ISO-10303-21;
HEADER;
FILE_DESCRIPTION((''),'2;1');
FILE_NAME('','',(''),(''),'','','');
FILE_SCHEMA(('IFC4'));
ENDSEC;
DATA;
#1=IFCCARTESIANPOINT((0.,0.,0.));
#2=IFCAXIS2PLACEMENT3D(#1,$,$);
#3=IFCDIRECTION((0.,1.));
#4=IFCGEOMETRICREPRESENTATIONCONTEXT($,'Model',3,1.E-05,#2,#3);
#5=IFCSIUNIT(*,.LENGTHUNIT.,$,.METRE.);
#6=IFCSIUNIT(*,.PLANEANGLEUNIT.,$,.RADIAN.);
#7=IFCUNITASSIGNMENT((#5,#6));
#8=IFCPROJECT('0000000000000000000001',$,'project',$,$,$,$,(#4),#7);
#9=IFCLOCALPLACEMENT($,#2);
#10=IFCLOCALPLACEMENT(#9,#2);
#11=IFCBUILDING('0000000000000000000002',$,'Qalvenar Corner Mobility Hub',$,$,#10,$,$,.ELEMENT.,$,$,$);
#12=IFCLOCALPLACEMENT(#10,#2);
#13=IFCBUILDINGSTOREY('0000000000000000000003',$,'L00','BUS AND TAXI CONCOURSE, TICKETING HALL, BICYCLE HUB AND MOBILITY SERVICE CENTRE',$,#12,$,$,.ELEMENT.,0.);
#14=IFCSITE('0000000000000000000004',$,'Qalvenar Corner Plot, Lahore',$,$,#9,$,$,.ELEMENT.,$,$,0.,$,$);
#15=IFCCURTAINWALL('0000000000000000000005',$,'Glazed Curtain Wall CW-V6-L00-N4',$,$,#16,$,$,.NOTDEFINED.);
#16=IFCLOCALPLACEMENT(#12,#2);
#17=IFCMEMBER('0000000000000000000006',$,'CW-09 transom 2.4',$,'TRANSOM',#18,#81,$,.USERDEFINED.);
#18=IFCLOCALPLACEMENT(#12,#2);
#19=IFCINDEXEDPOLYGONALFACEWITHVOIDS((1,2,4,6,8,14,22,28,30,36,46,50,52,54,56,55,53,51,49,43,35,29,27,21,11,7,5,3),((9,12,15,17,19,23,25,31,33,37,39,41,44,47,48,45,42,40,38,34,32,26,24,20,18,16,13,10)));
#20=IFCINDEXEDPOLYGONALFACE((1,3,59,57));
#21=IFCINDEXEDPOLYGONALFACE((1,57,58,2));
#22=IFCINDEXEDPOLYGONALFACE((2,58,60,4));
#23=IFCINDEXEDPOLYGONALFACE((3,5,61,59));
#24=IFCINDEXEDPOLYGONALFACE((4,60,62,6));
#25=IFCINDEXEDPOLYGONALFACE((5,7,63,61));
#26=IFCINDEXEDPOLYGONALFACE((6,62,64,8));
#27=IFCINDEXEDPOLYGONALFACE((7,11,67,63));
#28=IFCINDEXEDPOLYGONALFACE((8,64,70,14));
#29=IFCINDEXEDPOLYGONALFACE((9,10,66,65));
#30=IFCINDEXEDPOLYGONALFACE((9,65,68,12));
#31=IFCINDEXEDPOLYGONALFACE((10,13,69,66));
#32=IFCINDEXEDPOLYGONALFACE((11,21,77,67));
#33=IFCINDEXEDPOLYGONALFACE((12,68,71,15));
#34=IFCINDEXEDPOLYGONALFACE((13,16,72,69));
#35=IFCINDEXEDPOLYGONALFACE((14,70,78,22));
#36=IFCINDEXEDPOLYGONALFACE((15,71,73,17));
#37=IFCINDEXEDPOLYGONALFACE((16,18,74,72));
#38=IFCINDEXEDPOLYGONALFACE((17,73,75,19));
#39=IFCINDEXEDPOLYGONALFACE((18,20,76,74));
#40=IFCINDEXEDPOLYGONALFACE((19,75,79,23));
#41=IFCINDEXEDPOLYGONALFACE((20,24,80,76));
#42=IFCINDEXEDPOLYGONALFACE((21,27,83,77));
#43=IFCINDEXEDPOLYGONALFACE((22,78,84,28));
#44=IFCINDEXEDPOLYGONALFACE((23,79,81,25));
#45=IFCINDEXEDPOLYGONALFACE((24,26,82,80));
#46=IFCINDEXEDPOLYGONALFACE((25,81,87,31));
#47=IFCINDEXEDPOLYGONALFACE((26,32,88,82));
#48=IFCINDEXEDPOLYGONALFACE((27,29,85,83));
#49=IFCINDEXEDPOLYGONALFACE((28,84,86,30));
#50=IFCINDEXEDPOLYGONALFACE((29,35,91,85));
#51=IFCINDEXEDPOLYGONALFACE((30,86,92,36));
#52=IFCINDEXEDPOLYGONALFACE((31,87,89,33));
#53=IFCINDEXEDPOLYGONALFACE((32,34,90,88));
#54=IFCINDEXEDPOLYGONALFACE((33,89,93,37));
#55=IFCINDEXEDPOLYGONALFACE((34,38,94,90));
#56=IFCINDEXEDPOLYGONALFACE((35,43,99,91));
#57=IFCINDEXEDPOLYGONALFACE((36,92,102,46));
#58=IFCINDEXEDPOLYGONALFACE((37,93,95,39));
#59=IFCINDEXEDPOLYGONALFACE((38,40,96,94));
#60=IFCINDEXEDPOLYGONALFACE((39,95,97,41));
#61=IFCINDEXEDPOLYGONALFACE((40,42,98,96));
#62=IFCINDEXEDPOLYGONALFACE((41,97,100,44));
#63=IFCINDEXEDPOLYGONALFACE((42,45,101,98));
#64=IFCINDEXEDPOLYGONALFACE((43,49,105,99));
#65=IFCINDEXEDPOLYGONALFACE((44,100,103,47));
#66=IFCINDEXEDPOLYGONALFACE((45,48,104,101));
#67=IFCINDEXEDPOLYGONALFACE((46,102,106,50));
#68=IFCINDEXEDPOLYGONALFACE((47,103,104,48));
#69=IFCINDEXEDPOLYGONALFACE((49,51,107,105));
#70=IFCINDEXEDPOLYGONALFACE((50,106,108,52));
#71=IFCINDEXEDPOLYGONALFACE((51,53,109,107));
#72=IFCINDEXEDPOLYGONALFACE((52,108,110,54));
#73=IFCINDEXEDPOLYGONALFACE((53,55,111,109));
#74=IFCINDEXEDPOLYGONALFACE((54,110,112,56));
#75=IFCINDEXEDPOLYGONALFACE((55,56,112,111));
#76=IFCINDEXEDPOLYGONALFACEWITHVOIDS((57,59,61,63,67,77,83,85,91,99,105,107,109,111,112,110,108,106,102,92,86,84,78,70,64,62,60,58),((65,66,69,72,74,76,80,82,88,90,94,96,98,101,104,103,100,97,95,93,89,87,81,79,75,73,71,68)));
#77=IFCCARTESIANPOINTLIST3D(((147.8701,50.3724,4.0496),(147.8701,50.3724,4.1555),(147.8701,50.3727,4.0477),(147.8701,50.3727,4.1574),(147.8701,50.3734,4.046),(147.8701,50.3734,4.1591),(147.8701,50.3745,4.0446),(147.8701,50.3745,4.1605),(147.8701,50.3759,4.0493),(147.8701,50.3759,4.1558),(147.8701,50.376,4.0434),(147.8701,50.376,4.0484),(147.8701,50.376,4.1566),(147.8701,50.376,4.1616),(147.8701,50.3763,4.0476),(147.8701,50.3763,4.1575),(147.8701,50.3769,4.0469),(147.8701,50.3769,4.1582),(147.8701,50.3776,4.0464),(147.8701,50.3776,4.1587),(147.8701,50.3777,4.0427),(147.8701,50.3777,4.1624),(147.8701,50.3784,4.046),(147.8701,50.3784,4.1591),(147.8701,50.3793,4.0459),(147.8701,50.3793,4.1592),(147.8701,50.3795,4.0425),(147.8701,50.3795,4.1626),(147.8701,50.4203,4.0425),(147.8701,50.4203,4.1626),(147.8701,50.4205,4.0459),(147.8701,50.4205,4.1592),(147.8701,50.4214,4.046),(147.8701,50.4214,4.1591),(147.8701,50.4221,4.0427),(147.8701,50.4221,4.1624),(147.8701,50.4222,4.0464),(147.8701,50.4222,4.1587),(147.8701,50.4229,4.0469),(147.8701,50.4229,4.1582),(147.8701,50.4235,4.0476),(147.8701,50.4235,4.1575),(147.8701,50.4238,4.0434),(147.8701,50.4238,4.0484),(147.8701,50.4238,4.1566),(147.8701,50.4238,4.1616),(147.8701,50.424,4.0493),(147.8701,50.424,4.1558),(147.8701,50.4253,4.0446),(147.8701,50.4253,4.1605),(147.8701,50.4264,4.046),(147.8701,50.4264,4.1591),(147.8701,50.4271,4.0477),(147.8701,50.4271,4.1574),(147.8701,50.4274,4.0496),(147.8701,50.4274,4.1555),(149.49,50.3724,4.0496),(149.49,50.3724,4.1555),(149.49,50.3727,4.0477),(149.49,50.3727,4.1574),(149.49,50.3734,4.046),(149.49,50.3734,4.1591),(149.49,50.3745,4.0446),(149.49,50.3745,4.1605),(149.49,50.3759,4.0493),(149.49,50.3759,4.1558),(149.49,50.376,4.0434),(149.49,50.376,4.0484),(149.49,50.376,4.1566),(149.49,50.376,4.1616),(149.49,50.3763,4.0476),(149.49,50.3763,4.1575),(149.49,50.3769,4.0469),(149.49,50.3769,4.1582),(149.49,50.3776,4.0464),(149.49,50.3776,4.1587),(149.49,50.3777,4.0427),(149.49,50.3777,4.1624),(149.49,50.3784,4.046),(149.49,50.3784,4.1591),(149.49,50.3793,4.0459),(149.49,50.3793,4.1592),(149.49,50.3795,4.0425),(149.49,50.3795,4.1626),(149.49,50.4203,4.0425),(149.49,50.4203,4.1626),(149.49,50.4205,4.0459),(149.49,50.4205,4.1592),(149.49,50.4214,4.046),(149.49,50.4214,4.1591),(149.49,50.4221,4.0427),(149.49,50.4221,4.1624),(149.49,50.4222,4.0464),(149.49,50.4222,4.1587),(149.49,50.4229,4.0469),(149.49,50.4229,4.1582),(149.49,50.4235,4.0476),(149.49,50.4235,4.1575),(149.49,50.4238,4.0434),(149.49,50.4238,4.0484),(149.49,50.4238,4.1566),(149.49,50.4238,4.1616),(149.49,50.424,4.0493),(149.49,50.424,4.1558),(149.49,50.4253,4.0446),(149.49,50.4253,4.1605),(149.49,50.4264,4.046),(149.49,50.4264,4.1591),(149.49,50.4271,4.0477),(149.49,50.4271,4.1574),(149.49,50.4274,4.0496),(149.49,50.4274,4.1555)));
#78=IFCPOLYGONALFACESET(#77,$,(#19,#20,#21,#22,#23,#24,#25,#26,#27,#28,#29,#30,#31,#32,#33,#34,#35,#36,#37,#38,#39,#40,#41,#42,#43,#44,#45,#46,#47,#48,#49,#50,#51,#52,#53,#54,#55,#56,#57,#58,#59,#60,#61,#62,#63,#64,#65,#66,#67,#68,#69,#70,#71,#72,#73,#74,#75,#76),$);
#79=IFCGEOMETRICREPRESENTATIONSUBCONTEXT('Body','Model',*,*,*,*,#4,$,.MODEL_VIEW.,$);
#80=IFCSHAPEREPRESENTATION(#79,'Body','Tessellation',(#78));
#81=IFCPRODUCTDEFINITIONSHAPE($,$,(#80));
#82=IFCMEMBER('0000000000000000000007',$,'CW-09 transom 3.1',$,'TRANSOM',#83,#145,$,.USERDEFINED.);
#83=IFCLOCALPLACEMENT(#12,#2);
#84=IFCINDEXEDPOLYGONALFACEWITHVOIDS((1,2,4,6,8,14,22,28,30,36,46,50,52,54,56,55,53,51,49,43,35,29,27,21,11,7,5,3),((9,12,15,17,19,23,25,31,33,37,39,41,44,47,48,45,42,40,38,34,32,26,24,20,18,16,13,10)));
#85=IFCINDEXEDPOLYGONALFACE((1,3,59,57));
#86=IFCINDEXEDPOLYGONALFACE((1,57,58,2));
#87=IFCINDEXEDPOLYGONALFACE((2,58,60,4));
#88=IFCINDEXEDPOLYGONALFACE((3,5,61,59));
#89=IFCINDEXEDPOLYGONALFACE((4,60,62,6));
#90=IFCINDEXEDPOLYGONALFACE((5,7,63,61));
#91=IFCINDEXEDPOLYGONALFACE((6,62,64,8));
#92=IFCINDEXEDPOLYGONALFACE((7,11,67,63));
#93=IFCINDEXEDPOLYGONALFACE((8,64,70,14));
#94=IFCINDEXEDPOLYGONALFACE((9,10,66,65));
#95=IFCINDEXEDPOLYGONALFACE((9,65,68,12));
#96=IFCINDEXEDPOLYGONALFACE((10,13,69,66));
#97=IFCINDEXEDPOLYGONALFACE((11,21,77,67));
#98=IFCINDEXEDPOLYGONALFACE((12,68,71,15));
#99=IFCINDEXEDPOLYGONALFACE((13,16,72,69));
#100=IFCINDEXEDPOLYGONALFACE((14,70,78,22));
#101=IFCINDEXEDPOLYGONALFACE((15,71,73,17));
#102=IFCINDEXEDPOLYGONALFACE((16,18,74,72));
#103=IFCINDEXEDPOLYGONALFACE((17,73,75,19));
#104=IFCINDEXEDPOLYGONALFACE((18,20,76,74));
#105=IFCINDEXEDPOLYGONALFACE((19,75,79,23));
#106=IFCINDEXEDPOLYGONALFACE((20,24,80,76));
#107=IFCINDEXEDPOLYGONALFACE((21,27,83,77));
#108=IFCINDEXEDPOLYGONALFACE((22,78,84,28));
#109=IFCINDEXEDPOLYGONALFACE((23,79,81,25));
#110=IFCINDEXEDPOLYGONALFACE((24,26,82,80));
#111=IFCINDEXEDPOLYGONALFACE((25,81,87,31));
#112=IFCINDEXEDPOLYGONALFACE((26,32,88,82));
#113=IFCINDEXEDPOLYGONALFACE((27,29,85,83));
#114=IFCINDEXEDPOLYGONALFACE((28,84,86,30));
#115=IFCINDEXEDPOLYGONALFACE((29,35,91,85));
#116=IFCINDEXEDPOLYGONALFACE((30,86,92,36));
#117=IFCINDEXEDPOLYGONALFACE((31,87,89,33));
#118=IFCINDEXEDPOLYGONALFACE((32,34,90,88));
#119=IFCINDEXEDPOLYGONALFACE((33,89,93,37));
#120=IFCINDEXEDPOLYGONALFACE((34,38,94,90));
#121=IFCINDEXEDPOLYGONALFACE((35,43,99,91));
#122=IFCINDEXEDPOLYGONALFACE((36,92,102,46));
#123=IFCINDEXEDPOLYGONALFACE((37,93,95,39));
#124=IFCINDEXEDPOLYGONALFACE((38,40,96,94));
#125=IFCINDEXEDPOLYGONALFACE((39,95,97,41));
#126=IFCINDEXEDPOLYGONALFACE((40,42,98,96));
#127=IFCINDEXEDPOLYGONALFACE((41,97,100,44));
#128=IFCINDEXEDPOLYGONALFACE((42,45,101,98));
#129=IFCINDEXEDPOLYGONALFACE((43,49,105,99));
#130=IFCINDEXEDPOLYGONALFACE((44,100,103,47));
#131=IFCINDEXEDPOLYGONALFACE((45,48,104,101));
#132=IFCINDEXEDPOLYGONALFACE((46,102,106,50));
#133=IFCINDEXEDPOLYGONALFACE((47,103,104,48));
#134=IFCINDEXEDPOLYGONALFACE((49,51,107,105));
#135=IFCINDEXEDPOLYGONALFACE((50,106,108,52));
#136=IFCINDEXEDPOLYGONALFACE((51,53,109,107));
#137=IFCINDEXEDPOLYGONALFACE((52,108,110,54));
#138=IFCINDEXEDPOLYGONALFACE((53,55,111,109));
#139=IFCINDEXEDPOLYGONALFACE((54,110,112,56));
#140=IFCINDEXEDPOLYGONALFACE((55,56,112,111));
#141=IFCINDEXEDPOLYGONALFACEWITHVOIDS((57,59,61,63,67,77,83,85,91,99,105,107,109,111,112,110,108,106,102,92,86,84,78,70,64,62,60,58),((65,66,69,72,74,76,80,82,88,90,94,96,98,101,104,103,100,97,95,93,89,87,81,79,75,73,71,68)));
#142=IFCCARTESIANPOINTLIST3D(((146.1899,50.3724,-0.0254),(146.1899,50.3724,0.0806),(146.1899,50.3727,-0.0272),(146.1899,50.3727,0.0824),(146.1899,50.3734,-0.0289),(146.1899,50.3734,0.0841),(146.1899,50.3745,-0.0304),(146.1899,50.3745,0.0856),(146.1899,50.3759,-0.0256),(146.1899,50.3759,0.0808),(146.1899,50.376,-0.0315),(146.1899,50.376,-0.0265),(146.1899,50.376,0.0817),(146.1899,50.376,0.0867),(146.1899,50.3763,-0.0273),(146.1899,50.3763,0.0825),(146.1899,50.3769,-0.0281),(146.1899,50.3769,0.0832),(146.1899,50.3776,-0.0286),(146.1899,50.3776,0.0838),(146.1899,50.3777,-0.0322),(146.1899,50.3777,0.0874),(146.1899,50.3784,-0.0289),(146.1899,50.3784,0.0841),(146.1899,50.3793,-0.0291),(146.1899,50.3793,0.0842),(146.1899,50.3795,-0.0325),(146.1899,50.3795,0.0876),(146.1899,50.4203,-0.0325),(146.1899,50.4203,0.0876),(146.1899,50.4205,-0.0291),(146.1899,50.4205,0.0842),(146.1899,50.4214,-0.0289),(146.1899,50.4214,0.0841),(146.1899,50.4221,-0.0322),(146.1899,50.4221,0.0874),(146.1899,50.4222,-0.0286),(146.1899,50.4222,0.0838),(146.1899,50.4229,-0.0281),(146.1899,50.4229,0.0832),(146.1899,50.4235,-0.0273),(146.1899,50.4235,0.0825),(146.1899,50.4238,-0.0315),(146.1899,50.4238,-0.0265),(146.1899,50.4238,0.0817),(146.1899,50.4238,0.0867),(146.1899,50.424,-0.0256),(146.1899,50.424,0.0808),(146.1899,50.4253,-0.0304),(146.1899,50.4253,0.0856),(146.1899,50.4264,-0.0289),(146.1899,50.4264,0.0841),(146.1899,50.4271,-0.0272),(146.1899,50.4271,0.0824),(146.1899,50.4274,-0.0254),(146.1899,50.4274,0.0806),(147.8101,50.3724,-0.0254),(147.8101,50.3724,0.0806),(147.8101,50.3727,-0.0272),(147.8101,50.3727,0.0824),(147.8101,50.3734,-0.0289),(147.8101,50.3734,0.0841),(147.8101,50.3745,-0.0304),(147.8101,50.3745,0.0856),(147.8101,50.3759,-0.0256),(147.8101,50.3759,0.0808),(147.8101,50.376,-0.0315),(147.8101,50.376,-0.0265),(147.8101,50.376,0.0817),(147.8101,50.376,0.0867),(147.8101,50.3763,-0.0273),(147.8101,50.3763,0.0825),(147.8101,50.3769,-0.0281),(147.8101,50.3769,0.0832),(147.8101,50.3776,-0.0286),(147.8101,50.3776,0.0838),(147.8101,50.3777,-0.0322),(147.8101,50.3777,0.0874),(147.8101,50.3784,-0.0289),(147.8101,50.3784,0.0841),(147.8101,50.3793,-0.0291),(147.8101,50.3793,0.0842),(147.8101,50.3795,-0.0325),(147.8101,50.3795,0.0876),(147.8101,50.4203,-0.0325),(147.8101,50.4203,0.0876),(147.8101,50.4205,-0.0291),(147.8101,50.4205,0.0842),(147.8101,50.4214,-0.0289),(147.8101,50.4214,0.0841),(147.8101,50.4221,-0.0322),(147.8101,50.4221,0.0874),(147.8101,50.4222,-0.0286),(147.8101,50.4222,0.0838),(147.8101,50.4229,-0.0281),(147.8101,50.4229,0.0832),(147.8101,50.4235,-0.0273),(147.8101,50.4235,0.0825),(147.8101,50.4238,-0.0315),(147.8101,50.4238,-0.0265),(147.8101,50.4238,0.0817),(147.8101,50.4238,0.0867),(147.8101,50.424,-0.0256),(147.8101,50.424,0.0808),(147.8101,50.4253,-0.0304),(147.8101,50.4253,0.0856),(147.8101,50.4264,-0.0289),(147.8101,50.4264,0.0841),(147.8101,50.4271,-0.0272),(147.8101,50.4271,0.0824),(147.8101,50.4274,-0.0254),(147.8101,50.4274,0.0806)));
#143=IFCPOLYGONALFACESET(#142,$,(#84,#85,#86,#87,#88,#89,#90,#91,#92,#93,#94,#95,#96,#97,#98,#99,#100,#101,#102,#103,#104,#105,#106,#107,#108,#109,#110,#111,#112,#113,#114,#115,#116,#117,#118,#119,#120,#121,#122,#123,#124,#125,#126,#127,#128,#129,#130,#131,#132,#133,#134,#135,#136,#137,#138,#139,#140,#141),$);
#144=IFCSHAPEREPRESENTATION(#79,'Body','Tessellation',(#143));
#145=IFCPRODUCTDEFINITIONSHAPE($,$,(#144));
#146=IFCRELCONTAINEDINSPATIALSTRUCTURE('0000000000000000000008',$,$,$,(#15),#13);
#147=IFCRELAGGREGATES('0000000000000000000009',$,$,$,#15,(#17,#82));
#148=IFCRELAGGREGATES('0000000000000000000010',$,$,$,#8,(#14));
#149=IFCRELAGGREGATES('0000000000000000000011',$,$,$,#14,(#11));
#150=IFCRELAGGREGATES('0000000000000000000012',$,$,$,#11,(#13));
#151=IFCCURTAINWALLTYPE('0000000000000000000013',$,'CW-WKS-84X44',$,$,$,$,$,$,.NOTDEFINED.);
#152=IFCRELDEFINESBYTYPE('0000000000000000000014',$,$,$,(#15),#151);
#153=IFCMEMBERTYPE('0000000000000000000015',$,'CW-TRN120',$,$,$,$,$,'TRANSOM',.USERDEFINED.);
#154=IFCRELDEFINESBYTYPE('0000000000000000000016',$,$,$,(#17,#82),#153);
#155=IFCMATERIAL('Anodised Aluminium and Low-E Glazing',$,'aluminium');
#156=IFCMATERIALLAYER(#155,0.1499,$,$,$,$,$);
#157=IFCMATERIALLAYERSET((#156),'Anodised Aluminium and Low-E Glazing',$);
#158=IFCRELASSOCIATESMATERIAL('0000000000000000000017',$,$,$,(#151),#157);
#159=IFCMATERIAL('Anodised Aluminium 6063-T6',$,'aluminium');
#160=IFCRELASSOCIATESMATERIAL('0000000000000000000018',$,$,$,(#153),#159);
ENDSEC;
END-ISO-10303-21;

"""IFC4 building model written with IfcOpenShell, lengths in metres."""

from ifc_helpers import new_model, si_unit, direction, frame, origin, origin_2d, place, context, subcontext, project, spatial, hollow_rectangle, extrude, material, layer, layer_set, material_profile, profile_set, type_object, element, aggregate, save


model = new_model("IFC4")

# Units and contexts
model_context = context("Model", 3, precision=1e-05, world=origin(), true_north=direction((0.0, 1.0)))
body_context = subcontext(model_context, "Body", "Model", "MODEL_VIEW")
ifc_project = project(units=[si_unit("LENGTHUNIT", "METRE"), si_unit("PLANEANGLEUNIT", "RADIAN")], contexts=[model_context])

# Site, building, storey
site_placement = place(None, origin())
site = spatial("IfcSite", under=ifc_project, at=site_placement, Name="Qalvenar Corner Plot, Lahore", CompositionType="ELEMENT", RefElevation=0.0)
building_placement = place(site_placement, origin())
building = spatial("IfcBuilding", under=site, at=building_placement, Name="Qalvenar Corner Mobility Hub", CompositionType="ELEMENT")
storey_placement = place(building_placement, origin())
storey = spatial("IfcBuildingStorey", under=building, at=storey_placement, Name="L00", Description="BUS AND TAXI CONCOURSE, TICKETING HALL, BICYCLE HUB AND MOBILITY SERVICE CENTRE", CompositionType="ELEMENT", Elevation=0.0)

# Curtain wall, members
ifc_material_1 = material(Name="Anodised Aluminium and Low-E Glazing", Category="aluminium")
ifc_layer_1 = layer(ifc_material_1, 0.1499)
ifc_layer_set_1 = layer_set([ifc_layer_1], Name="Anodised Aluminium and Low-E Glazing")
curtain_wall_type = type_object("IfcCurtainWallType", Name="CW-WKS-84X44", PredefinedType="NOTDEFINED", material=ifc_layer_set_1)
curtain_wall_placement = place(storey_placement, origin())
curtain_wall = element("IfcCurtainWall", 1, at=curtain_wall_placement, inside=storey, type_object=curtain_wall_type, Name="Glazed Curtain Wall CW-V6-L00-N4", PredefinedType="NOTDEFINED")
ifc_material_2 = material(Name="Anodised Aluminium 6063-T6", Category="aluminium")
ifc_material_profile_1 = material_profile(ifc_material_2, hollow_rectangle(XDim=0.0549, YDim=0.1201, WallThickness=0.0034, InnerFilletRadius=0.0034, OuterFilletRadius=0.0071, at=origin_2d()), Name="RHS120x55x3.5")
ifc_profile_set_1 = profile_set([ifc_material_profile_1], Name="Anodised Aluminium 6063-T6")
member_type_1 = type_object("IfcMemberType", Name="CW-TRN120", ElementType="TRANSOM", PredefinedType="USERDEFINED", material=ifc_profile_set_1)
member_1_placement = place(storey_placement, frame((149.49, 50.3999, 4.1025), z_axis=(-1.0, 0.0, 0.0), x_axis=(0.0, -1.0, 0.0)))
member_1 = element("IfcMember", 2, at=member_1_placement, type_object=member_type_1, Name="CW-09 transom 2.4", ObjectType="TRANSOM", PredefinedType="USERDEFINED", context=body_context, shape_type="SweptSolid", body=[
    extrude(hollow_rectangle(XDim=0.0549, YDim=0.1201, WallThickness=0.0034, InnerFilletRadius=0.0034, OuterFilletRadius=0.0071, at=origin_2d()), origin(), (0.0, 0.0, 1.0), 1.6199),
])
member_2_placement = place(storey_placement, frame((147.8101, 50.3999, 0.0276), z_axis=(-1.0, 0.0, 0.0), x_axis=(0.0, -1.0, 0.0)))
member_2 = element("IfcMember", 3, at=member_2_placement, type_object=member_type_1, Name="CW-09 transom 3.1", ObjectType="TRANSOM", PredefinedType="USERDEFINED", context=body_context, shape_type="SweptSolid", body=[
    extrude(hollow_rectangle(XDim=0.0549, YDim=0.1201, WallThickness=0.0034, InnerFilletRadius=0.0034, OuterFilletRadius=0.0071, at=origin_2d()), origin(), (0.0, 0.0, 1.0), 1.6201),
])
aggregate(curtain_wall, [member_1, member_2])

save(model, "model.ifc")
